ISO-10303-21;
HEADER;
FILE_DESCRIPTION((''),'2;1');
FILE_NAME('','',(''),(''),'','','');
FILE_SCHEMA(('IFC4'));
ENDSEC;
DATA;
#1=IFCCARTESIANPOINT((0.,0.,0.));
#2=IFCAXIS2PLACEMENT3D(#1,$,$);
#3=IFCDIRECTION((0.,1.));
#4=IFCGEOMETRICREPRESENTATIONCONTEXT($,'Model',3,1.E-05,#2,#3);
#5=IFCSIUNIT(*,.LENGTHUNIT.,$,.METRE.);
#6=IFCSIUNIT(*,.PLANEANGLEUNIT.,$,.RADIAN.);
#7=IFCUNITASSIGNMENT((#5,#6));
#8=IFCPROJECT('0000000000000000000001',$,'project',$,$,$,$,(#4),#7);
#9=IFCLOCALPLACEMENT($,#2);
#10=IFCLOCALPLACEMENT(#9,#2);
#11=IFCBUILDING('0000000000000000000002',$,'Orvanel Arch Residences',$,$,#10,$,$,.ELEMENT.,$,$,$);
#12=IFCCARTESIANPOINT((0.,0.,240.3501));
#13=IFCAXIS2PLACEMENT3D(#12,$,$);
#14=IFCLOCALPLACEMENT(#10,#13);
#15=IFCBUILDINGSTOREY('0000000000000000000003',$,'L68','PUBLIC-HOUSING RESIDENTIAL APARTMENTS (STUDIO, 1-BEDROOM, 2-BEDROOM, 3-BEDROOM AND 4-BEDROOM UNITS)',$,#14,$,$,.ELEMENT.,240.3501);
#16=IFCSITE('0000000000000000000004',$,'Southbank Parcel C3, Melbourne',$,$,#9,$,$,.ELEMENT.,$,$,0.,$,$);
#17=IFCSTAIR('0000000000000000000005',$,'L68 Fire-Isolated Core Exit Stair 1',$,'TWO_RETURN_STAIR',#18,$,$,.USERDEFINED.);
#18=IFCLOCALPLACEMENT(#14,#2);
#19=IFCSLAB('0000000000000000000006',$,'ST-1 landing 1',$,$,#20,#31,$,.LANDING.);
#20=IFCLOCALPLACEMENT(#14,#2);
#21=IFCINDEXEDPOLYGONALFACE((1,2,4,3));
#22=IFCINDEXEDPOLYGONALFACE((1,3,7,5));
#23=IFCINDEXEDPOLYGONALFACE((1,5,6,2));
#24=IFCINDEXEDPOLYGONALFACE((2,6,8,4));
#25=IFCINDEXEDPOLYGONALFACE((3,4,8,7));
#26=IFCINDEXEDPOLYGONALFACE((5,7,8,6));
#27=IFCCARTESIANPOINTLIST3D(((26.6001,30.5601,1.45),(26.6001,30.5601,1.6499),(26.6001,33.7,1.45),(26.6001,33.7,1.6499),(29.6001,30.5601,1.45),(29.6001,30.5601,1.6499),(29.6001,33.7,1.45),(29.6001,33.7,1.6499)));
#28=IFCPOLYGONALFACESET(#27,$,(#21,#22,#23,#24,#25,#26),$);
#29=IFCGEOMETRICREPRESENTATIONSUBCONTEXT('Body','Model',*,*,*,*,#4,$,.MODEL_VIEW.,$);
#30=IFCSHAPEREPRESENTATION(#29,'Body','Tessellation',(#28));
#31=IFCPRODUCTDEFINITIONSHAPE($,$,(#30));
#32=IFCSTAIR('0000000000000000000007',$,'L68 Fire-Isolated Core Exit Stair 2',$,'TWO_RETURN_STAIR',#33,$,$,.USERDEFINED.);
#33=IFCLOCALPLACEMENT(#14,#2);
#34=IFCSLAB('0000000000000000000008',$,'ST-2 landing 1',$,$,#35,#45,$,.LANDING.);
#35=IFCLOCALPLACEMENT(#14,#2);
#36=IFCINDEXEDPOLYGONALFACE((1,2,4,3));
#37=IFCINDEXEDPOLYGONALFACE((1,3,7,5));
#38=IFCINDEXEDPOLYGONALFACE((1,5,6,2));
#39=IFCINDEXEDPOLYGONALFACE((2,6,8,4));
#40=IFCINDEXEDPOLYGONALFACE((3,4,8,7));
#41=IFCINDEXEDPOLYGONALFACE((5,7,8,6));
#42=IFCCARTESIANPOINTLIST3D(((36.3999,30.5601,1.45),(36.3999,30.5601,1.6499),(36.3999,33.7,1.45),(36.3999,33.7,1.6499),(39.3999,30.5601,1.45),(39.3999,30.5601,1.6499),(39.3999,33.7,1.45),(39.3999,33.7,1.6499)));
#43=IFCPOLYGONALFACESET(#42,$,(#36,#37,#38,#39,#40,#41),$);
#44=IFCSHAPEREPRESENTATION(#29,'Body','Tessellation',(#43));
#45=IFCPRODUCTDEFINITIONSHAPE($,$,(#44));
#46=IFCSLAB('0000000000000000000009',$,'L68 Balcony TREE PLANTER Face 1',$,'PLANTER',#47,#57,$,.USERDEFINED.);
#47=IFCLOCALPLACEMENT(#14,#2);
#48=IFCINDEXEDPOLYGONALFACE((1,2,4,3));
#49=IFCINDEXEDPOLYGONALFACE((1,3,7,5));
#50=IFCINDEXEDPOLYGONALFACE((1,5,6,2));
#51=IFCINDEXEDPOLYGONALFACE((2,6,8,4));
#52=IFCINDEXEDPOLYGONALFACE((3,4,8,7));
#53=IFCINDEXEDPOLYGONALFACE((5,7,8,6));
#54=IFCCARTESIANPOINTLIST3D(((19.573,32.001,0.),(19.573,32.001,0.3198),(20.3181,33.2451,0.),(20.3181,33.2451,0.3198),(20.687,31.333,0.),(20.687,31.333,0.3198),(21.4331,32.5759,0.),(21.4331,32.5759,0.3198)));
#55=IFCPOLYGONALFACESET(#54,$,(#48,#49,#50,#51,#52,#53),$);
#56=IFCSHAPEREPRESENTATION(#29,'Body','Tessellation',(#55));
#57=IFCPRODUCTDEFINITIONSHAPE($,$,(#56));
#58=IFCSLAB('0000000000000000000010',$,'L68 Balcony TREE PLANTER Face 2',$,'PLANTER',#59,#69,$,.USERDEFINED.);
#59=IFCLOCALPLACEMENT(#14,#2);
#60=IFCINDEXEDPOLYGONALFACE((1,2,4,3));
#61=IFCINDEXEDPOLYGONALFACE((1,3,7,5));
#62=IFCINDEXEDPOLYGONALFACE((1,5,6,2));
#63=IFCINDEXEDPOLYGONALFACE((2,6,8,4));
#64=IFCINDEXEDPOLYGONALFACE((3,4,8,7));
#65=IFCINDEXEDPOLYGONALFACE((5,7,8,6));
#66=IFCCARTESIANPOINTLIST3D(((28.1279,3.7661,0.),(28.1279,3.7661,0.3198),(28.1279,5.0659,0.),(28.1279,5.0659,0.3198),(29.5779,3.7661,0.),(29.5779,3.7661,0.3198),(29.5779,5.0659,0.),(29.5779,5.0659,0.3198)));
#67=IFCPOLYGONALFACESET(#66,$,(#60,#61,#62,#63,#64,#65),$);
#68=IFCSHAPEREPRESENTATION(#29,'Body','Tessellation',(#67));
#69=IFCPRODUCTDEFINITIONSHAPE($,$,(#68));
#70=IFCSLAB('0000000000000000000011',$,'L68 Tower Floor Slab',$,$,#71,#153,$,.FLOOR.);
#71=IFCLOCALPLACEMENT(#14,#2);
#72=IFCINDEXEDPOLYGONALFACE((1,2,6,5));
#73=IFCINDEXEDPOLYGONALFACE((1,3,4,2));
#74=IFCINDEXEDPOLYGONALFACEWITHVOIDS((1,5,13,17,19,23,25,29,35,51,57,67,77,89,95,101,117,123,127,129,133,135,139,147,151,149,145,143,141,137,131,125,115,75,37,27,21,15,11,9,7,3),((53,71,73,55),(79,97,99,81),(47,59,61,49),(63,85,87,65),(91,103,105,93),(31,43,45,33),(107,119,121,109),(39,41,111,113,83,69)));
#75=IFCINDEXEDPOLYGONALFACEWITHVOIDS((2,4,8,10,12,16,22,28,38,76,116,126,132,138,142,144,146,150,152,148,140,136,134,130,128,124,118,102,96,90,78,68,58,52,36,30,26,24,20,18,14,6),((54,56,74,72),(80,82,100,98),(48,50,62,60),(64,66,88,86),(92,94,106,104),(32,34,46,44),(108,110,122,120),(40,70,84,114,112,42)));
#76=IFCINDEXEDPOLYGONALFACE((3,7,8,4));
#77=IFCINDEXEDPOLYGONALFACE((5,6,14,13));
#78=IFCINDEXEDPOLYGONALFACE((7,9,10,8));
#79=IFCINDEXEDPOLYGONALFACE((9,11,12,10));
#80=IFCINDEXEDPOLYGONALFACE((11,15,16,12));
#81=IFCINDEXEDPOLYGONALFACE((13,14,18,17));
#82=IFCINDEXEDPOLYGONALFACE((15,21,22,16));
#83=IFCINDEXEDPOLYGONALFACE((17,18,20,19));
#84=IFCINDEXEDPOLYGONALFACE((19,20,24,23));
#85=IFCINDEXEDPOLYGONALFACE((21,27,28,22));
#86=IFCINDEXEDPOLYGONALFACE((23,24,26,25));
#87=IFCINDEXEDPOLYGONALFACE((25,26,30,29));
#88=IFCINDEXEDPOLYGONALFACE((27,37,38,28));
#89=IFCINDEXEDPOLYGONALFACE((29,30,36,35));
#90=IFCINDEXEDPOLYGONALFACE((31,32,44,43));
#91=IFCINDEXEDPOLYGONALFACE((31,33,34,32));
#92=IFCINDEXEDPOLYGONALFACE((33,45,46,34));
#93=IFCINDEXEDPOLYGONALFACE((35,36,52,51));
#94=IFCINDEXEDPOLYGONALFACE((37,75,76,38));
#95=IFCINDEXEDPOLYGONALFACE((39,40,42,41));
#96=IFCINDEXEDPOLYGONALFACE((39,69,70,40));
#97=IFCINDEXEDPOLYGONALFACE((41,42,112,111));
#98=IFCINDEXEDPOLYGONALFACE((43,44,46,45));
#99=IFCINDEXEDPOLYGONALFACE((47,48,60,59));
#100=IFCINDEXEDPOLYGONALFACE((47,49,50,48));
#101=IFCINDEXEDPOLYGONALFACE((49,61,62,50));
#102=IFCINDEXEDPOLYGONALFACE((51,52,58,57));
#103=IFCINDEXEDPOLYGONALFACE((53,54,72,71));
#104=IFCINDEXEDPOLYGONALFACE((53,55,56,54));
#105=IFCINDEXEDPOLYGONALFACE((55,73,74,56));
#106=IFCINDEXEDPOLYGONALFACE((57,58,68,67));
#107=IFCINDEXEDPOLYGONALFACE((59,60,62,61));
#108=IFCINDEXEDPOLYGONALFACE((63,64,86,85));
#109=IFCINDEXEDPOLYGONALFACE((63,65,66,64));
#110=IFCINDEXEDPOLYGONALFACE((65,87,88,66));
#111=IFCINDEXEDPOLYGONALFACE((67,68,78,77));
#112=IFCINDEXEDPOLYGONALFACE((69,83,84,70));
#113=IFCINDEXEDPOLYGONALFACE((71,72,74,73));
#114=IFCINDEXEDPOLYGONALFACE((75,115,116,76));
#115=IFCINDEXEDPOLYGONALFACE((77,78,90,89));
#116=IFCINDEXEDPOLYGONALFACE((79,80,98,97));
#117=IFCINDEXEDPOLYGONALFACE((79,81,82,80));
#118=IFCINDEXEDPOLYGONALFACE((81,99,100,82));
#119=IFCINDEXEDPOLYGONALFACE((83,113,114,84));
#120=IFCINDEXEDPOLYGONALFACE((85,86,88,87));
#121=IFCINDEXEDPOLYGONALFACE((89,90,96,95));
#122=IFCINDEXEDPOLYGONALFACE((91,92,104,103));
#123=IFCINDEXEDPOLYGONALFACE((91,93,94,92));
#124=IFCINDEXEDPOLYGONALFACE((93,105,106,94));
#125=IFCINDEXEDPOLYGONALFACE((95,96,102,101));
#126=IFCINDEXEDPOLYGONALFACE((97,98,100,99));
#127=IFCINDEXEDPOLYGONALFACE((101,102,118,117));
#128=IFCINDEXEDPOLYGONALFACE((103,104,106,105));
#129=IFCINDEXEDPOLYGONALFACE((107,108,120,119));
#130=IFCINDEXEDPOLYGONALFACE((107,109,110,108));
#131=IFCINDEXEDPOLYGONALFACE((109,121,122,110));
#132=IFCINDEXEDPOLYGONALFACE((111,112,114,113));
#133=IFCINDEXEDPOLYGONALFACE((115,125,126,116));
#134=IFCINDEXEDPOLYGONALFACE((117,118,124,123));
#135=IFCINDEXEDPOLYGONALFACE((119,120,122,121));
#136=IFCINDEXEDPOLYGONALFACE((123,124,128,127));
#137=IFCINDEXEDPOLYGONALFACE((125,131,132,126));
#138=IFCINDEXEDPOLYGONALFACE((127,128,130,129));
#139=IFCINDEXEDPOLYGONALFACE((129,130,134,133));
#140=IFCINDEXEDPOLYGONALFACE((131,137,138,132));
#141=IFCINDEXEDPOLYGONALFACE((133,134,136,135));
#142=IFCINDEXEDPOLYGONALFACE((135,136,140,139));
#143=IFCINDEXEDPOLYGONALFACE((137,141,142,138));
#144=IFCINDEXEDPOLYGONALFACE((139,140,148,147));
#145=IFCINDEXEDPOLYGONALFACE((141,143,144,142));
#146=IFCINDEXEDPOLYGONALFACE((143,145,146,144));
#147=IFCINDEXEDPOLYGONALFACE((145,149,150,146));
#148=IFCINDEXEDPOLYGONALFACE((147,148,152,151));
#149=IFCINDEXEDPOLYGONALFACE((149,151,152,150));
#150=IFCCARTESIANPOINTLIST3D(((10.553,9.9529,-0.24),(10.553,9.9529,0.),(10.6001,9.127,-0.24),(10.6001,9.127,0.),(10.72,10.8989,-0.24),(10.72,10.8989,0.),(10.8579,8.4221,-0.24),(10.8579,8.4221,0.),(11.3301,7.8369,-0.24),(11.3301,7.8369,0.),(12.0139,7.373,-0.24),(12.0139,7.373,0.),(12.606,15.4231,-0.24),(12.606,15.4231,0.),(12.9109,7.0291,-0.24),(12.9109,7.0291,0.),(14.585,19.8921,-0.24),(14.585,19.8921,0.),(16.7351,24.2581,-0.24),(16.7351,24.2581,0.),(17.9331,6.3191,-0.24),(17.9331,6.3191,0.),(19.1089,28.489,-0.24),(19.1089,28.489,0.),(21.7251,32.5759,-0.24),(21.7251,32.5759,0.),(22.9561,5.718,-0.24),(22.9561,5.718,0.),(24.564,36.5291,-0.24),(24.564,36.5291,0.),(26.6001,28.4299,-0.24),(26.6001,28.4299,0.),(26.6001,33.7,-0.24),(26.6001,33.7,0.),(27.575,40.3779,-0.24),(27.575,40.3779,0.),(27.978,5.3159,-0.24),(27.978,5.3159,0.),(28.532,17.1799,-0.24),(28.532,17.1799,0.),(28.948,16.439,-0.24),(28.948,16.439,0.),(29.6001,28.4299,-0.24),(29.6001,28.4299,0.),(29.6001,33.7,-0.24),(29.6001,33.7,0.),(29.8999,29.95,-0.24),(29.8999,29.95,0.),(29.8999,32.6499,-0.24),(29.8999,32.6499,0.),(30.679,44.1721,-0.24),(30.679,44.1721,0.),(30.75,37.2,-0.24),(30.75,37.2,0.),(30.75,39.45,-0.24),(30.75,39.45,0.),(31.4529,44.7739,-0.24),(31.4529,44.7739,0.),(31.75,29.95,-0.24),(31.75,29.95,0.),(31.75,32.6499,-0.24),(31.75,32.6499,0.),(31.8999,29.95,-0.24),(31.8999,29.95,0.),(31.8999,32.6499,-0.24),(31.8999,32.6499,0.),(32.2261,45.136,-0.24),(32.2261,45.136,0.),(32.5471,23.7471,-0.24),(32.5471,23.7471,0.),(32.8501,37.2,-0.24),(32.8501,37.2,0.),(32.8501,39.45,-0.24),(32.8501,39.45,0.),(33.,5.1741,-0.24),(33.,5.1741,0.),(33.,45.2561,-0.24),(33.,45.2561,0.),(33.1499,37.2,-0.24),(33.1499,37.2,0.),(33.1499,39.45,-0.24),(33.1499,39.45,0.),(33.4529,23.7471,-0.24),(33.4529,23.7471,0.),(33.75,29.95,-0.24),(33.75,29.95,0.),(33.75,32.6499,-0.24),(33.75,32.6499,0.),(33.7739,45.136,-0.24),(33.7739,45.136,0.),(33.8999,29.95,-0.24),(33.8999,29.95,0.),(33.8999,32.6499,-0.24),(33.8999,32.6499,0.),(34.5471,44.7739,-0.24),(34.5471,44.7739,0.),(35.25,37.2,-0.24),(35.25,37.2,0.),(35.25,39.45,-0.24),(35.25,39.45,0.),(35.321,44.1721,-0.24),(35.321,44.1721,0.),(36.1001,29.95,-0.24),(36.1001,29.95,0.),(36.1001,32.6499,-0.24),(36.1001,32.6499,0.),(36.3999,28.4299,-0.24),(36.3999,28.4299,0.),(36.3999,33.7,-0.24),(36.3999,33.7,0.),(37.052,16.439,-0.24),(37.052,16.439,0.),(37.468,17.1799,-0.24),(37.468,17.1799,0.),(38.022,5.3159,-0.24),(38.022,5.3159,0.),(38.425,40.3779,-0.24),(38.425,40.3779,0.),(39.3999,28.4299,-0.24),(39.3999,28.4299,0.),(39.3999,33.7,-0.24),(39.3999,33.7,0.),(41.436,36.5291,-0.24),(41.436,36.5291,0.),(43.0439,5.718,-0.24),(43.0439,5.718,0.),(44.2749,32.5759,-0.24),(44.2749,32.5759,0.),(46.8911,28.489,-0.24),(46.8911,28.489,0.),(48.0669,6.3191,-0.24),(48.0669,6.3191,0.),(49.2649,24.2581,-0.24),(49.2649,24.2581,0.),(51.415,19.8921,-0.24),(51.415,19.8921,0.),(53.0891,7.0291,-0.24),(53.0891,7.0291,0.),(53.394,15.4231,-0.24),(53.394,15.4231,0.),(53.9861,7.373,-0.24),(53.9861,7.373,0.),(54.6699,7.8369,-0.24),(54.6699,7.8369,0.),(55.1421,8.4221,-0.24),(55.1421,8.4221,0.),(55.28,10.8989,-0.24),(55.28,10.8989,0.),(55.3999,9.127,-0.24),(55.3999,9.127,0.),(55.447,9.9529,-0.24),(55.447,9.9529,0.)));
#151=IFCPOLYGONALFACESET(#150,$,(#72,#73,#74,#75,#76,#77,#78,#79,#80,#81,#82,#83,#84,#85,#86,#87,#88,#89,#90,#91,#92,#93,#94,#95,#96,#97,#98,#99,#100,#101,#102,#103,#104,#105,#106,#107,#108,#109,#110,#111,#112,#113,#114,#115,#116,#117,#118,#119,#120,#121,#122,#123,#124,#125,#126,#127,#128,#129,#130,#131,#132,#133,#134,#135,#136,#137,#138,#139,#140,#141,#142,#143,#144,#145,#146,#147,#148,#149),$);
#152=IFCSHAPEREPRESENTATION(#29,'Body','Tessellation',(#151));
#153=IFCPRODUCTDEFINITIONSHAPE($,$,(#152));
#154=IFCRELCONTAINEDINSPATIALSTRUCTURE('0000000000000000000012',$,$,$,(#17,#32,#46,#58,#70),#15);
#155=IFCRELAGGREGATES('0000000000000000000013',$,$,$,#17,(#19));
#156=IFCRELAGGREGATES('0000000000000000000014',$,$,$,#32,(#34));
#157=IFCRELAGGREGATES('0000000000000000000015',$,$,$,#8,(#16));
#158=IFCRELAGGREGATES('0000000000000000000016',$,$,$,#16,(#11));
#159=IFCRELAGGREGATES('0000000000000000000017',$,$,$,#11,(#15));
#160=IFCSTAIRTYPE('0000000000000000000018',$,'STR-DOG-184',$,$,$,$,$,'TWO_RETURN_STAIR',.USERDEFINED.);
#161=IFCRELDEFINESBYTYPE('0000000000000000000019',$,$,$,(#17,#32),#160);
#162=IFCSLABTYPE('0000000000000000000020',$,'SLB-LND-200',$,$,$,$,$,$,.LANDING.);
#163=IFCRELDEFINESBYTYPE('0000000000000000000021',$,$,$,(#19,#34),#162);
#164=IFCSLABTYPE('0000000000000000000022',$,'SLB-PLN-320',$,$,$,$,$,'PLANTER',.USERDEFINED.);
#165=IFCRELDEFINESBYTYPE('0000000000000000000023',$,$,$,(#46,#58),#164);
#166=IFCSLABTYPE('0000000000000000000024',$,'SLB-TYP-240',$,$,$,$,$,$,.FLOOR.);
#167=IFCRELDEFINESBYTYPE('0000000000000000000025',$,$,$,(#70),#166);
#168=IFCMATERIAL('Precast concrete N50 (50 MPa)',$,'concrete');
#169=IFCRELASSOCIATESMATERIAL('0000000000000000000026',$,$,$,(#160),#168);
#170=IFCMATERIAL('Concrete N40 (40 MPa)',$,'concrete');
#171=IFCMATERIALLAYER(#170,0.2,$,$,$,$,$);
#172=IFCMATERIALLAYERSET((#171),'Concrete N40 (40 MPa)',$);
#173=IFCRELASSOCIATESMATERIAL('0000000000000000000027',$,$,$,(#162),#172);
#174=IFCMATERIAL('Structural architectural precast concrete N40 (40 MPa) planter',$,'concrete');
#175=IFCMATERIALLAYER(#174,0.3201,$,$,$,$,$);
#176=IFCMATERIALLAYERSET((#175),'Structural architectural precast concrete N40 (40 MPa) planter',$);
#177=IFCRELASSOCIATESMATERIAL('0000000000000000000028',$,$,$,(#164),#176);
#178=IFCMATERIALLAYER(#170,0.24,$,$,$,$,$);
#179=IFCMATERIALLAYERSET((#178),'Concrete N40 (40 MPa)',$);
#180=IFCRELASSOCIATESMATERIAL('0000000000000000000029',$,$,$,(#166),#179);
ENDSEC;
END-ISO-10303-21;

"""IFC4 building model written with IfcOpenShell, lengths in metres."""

from ifc_helpers import new_model, si_unit, direction, frame, origin, place, context, subcontext, project, spatial, polyline, outline, extrude, material, layer, layer_set, type_object, element, aggregate, save


model = new_model("IFC4")

# Units and contexts
model_context = context("Model", 3, precision=1e-05, world=origin(), true_north=direction((0.0, 1.0)))
body_context = subcontext(model_context, "Body", "Model", "MODEL_VIEW")
ifc_project = project(units=[si_unit("LENGTHUNIT", "METRE"), si_unit("PLANEANGLEUNIT", "RADIAN")], contexts=[model_context])

# Site, building, storey
site_placement = place(None, origin())
site = spatial("IfcSite", under=ifc_project, at=site_placement, Name="Southbank Parcel C3, Melbourne", CompositionType="ELEMENT", RefElevation=0.0)
building_placement = place(site_placement, origin())
building = spatial("IfcBuilding", under=site, at=building_placement, Name="Orvanel Arch Residences", CompositionType="ELEMENT")
storey_placement = place(building_placement, frame((0.0, 0.0, 240.3501)))
storey = spatial("IfcBuildingStorey", under=building, at=storey_placement, Name="L68", Description="PUBLIC-HOUSING RESIDENTIAL APARTMENTS (STUDIO, 1-BEDROOM, 2-BEDROOM, 3-BEDROOM AND 4-BEDROOM UNITS)", CompositionType="ELEMENT", Elevation=240.3501)

# Shared definitions
ifc_material_1 = material(Name="Concrete N40 (40 MPa)", Category="concrete")

# Stairs, slabs
ifc_material_2 = material(Name="Precast concrete N50 (50 MPa)", Category="concrete")
stair_type = type_object("IfcStairType", Name="STR-DOG-184", ElementType="TWO_RETURN_STAIR", PredefinedType="USERDEFINED", material=ifc_material_2)
stair_1_placement = place(storey_placement, origin())
stair_1 = element("IfcStair", 1, at=stair_1_placement, inside=storey, type_object=stair_type, Name="L68 Fire-Isolated Core Exit Stair 1", ObjectType="TWO_RETURN_STAIR", PredefinedType="USERDEFINED")
ifc_layer_1 = layer(ifc_material_1, 0.2)
ifc_layer_set_1 = layer_set([ifc_layer_1], Name="Concrete N40 (40 MPa)")
slab_type_1 = type_object("IfcSlabType", Name="SLB-LND-200", PredefinedType="LANDING", material=ifc_layer_set_1)
slab_1_placement = place(storey_placement, frame((0.0, 0.0, 1.45)))
slab_1 = element("IfcSlab", 2, at=slab_1_placement, type_object=slab_type_1, Name="ST-1 landing 1", PredefinedType="LANDING", context=body_context, shape_type="SweptSolid", body=[
    extrude(outline(polyline([(29.6001, 30.5601), (29.6001, 33.7), (26.6001, 33.7), (26.6001, 30.5601), (29.6001, 30.5601)])), origin(), (0.0, 0.0, 1.0), 0.2),
])
aggregate(stair_1, [slab_1])
stair_2_placement = place(storey_placement, origin())
stair_2 = element("IfcStair", 3, at=stair_2_placement, inside=storey, type_object=stair_type, Name="L68 Fire-Isolated Core Exit Stair 2", ObjectType="TWO_RETURN_STAIR", PredefinedType="USERDEFINED")
slab_2_placement = place(storey_placement, frame((0.0, 0.0, 1.45)))
slab_2 = element("IfcSlab", 4, at=slab_2_placement, type_object=slab_type_1, Name="ST-2 landing 1", PredefinedType="LANDING", context=body_context, shape_type="SweptSolid", body=[
    extrude(outline(polyline([(39.3999, 30.5601), (39.3999, 33.7), (36.3999, 33.7), (36.3999, 30.5601), (39.3999, 30.5601)])), origin(), (0.0, 0.0, 1.0), 0.2),
])
aggregate(stair_2, [slab_2])

# Slabs
ifc_material_3 = material(Name="Structural architectural precast concrete N40 (40 MPa) planter", Category="concrete")
ifc_layer_2 = layer(ifc_material_3, 0.3201)
ifc_layer_set_2 = layer_set([ifc_layer_2], Name="Structural architectural precast concrete N40 (40 MPa) planter")
slab_type_2 = type_object("IfcSlabType", Name="SLB-PLN-320", ElementType="PLANTER", PredefinedType="USERDEFINED", material=ifc_layer_set_2)
slab_3_placement = place(storey_placement, origin())
element("IfcSlab", 5, at=slab_3_placement, inside=storey, type_object=slab_type_2, Name="L68 Balcony TREE PLANTER Face 1", ObjectType="PLANTER", PredefinedType="USERDEFINED", context=body_context, shape_type="SweptSolid", body=[
    extrude(outline(polyline([(20.3181, 33.2451), (19.573, 32.001), (20.687, 31.333), (21.4331, 32.5759), (20.3181, 33.2451)])), origin(), (0.0, 0.0, 1.0), 0.3198),
])
slab_4_placement = place(storey_placement, origin())
element("IfcSlab", 6, at=slab_4_placement, inside=storey, type_object=slab_type_2, Name="L68 Balcony TREE PLANTER Face 2", ObjectType="PLANTER", PredefinedType="USERDEFINED", context=body_context, shape_type="SweptSolid", body=[
    extrude(outline(polyline([(28.1279, 3.7661), (29.5779, 3.7661), (29.5779, 5.0659), (28.1279, 5.0659), (28.1279, 3.7661)])), origin(), (0.0, 0.0, 1.0), 0.3198),
])
ifc_layer_3 = layer(ifc_material_1, 0.24)
ifc_layer_set_3 = layer_set([ifc_layer_3], Name="Concrete N40 (40 MPa)")
slab_type_3 = type_object("IfcSlabType", Name="SLB-TYP-240", PredefinedType="FLOOR", material=ifc_layer_set_3)
slab_5_placement = place(storey_placement, frame((0.0, 0.0, -0.24)))
element("IfcSlab", 7, at=slab_5_placement, inside=storey, type_object=slab_type_3, Name="L68 Tower Floor Slab", PredefinedType="FLOOR", context=body_context, shape_type="SweptSolid", body=[
    extrude(outline(polyline([(35.321, 44.1721), (34.5471, 44.7739), (33.7739, 45.136), (33.0, 45.2561), (32.2261, 45.136), (31.4529, 44.7739), (30.679, 44.1721), (27.575, 40.3779), (24.564, 36.5291), (21.7251, 32.5759), (19.1089, 28.489), (16.7351, 24.2581), (14.585, 19.8921), (12.606, 15.4231), (10.72, 10.8989), (10.553, 9.9529), (10.6001, 9.127), (10.8579, 8.4221), (11.3301, 7.8369), (12.0139, 7.373), (12.9109, 7.0291), (17.9331, 6.3191), (22.9561, 5.718), (27.978, 5.3159), (33.0, 5.1741), (38.022, 5.3159), (43.0439, 5.718), (48.0669, 6.3191), (53.0891, 7.0291), (53.9861, 7.373), (54.6699, 7.8369), (55.1421, 8.4221), (55.3999, 9.127), (55.447, 9.9529), (55.28, 10.8989), (53.394, 15.4231), (51.415, 19.8921), (49.2649, 24.2581), (46.8911, 28.489), (44.2749, 32.5759), (41.436, 36.5291), (38.425, 40.3779), (35.321, 44.1721)]), holes=[polyline([(26.6001, 28.4299), (26.6001, 33.7), (29.6001, 33.7), (29.6001, 28.4299), (26.6001, 28.4299)]), polyline([(36.3999, 28.4299), (36.3999, 33.7), (39.3999, 33.7), (39.3999, 28.4299), (36.3999, 28.4299)]), polyline([(29.8999, 32.6499), (31.75, 32.6499), (31.75, 29.95), (29.8999, 29.95), (29.8999, 32.6499)]), polyline([(31.8999, 32.6499), (33.75, 32.6499), (33.75, 29.95), (31.8999, 29.95), (31.8999, 32.6499)]), polyline([(33.8999, 32.6499), (36.1001, 32.6499), (36.1001, 29.95), (33.8999, 29.95), (33.8999, 32.6499)]), polyline([(30.75, 39.45), (32.8501, 39.45), (32.8501, 37.2), (30.75, 37.2), (30.75, 39.45)]), polyline([(33.1499, 39.45), (35.25, 39.45), (35.25, 37.2), (33.1499, 37.2), (33.1499, 39.45)]), polyline([(37.468, 17.1799), (37.052, 16.439), (28.948, 16.439), (28.532, 17.1799), (32.5471, 23.7471), (33.4529, 23.7471), (37.468, 17.1799)])]), origin(), (0.0, 0.0, 1.0), 0.24),
])

save(model, "model.ifc")
